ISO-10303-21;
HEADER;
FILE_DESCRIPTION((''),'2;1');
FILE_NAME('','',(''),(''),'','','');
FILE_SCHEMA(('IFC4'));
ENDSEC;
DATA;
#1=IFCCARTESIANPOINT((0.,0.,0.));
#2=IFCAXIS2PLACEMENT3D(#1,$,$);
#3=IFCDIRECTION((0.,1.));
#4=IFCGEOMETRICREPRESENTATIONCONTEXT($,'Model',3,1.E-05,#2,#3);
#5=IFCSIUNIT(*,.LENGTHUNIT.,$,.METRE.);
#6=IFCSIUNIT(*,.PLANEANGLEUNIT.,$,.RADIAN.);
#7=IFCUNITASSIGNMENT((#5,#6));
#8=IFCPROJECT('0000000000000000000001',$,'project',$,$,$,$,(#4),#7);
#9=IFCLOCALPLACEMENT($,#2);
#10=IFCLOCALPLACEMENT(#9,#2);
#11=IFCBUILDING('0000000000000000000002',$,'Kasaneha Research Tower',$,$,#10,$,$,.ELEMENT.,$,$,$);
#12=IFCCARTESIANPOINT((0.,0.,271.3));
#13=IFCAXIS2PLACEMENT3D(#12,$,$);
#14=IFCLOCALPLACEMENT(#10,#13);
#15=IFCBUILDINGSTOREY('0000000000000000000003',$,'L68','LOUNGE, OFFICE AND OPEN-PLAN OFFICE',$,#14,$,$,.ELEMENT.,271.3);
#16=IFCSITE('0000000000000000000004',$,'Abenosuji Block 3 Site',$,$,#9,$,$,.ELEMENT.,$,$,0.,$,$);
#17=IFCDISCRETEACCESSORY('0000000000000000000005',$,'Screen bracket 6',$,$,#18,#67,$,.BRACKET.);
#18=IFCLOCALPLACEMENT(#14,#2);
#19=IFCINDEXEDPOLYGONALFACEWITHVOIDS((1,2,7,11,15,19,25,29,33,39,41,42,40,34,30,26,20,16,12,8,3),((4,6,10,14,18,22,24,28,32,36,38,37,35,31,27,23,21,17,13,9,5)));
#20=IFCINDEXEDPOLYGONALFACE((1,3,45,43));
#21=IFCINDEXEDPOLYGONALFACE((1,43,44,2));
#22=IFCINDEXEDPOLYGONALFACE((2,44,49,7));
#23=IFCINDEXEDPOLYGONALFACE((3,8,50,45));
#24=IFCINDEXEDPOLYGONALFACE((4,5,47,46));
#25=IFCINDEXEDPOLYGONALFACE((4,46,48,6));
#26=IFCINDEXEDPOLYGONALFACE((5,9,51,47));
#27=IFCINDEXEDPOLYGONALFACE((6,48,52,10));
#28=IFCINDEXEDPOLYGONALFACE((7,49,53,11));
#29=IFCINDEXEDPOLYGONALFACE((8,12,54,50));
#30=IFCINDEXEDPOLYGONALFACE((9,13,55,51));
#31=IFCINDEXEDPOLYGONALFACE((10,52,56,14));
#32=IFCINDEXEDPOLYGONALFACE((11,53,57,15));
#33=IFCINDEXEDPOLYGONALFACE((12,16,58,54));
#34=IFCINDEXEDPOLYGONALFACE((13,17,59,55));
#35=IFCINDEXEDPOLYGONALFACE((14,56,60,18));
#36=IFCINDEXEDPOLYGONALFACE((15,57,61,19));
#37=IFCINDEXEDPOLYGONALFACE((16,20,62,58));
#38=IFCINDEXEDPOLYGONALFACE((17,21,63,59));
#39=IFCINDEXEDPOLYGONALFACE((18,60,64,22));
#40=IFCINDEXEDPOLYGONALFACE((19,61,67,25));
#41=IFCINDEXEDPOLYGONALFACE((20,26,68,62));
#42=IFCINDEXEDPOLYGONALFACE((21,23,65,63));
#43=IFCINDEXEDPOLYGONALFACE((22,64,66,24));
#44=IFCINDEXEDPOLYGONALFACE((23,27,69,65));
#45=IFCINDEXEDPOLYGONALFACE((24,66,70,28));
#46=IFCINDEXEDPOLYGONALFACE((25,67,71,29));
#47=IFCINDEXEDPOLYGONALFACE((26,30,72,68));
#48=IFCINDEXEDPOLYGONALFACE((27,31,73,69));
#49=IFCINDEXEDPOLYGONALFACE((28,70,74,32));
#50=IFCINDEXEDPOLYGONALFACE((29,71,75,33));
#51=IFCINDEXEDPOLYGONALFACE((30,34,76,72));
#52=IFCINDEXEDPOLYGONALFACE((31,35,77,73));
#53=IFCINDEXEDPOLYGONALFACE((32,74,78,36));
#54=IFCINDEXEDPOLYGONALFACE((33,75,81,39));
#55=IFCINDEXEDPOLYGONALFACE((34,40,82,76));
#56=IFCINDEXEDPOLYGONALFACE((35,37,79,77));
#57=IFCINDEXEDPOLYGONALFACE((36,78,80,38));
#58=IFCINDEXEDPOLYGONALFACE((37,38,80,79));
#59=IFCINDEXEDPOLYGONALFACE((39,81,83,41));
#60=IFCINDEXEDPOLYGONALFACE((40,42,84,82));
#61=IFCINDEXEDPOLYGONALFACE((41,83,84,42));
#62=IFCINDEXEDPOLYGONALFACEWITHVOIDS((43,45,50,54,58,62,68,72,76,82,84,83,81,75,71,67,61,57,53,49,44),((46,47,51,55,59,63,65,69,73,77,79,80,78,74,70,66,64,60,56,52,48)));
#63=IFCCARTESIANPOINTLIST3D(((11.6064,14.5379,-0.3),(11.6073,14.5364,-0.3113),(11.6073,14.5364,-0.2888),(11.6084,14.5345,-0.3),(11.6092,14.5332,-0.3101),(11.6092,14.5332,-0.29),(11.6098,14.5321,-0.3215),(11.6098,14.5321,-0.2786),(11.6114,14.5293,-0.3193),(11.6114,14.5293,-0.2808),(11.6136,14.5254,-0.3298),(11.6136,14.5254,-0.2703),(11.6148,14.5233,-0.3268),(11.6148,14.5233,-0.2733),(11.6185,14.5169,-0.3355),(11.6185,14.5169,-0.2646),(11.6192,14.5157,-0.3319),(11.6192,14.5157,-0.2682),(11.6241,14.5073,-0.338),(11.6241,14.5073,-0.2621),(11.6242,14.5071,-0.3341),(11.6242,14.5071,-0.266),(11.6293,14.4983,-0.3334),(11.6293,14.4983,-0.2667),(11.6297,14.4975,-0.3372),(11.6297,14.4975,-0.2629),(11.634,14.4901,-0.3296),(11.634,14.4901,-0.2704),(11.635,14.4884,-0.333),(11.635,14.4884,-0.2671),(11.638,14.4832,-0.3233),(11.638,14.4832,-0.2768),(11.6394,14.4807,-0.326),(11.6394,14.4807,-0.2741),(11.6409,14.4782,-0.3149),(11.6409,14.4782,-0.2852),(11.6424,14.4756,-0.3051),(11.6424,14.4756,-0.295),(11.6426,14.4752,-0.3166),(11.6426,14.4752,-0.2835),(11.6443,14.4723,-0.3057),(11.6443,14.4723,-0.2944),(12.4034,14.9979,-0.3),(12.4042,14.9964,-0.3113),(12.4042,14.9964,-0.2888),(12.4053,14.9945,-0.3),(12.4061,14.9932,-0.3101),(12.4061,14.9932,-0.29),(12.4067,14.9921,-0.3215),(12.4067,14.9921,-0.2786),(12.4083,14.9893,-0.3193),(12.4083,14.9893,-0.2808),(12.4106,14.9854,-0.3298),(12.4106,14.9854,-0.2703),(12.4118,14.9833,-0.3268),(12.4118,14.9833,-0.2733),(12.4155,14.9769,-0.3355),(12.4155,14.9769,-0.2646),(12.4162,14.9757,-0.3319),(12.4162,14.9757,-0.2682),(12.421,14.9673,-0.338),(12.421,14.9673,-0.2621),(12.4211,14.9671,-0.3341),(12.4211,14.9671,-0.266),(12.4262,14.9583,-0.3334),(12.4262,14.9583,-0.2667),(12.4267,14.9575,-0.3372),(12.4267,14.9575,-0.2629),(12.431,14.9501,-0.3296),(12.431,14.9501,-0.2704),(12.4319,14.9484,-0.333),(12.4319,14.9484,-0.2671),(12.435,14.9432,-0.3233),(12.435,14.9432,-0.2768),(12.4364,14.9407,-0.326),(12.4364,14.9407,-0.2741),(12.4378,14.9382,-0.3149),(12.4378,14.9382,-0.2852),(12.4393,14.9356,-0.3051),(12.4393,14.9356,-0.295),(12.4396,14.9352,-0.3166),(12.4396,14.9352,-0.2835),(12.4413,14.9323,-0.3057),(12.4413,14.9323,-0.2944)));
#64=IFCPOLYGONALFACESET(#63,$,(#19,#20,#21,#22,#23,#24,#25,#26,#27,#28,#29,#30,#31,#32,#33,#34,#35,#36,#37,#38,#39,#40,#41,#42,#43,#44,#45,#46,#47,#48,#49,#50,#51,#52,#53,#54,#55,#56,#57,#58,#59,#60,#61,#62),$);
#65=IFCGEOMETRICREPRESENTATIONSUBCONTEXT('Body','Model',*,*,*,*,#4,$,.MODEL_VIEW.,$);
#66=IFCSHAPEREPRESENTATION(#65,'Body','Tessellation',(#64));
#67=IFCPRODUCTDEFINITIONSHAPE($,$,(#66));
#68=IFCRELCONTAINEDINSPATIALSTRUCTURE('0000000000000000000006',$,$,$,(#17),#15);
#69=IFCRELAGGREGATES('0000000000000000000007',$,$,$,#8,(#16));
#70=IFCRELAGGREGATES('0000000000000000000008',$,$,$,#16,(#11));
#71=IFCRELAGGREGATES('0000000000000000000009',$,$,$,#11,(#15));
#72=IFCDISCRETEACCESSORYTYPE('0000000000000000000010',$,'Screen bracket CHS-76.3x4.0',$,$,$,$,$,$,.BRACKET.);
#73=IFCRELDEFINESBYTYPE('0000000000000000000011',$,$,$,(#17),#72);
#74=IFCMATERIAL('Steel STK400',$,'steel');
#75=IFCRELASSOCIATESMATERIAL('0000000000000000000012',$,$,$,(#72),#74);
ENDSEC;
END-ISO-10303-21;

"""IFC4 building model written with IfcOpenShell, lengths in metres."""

from ifc_helpers import new_model, si_unit, direction, frame, origin, origin_2d, place, context, subcontext, project, spatial, hollow_circle, extrude, material, material_profile, profile_set, type_object, element, save


model = new_model("IFC4")

# Units and contexts
model_context = context("Model", 3, precision=1e-05, world=origin(), true_north=direction((0.0, 1.0)))
body_context = subcontext(model_context, "Body", "Model", "MODEL_VIEW")
ifc_project = project(units=[si_unit("LENGTHUNIT", "METRE"), si_unit("PLANEANGLEUNIT", "RADIAN")], contexts=[model_context])

# Site, building, storey
site_placement = place(None, origin())
site = spatial("IfcSite", under=ifc_project, at=site_placement, Name="Abenosuji Block 3 Site", CompositionType="ELEMENT", RefElevation=0.0)
building_placement = place(site_placement, origin())
building = spatial("IfcBuilding", under=site, at=building_placement, Name="Kasaneha Research Tower", CompositionType="ELEMENT")
storey_placement = place(building_placement, frame((0.0, 0.0, 271.3)))
storey = spatial("IfcBuildingStorey", under=building, at=storey_placement, Name="L68", Description="LOUNGE, OFFICE AND OPEN-PLAN OFFICE", CompositionType="ELEMENT", Elevation=271.3)

# Discrete accessory
ifc_material_1 = material(Name="Steel STK400", Category="steel")
ifc_material_profile_1 = material_profile(ifc_material_1, hollow_circle(Radius=0.0381, WallThickness=0.0039, at=origin_2d()), Name="CHS-76.3x4.0")
ifc_profile_set_1 = profile_set([ifc_material_profile_1], Name="Steel STK400")
discrete_accessory_type = type_object("IfcDiscreteAccessoryType", Name="Screen bracket CHS-76.3x4.0", PredefinedType="BRACKET", material=ifc_profile_set_1)
discrete_accessory_placement = place(storey_placement, frame((11.6255, 14.5049, -0.3), z_axis=(0.86608, 0.499906, 0.0), x_axis=(-0.499906, 0.86608, 0.0)))
element("IfcDiscreteAccessory", 1, at=discrete_accessory_placement, inside=storey, type_object=discrete_accessory_type, Name="Screen bracket 6", PredefinedType="BRACKET", context=body_context, shape_type="SweptSolid", body=[
    extrude(hollow_circle(Radius=0.0381, WallThickness=0.0039, at=origin_2d()), origin(), (0.0, 0.0, 1.0), 0.9202),
])

save(model, "model.ifc")
